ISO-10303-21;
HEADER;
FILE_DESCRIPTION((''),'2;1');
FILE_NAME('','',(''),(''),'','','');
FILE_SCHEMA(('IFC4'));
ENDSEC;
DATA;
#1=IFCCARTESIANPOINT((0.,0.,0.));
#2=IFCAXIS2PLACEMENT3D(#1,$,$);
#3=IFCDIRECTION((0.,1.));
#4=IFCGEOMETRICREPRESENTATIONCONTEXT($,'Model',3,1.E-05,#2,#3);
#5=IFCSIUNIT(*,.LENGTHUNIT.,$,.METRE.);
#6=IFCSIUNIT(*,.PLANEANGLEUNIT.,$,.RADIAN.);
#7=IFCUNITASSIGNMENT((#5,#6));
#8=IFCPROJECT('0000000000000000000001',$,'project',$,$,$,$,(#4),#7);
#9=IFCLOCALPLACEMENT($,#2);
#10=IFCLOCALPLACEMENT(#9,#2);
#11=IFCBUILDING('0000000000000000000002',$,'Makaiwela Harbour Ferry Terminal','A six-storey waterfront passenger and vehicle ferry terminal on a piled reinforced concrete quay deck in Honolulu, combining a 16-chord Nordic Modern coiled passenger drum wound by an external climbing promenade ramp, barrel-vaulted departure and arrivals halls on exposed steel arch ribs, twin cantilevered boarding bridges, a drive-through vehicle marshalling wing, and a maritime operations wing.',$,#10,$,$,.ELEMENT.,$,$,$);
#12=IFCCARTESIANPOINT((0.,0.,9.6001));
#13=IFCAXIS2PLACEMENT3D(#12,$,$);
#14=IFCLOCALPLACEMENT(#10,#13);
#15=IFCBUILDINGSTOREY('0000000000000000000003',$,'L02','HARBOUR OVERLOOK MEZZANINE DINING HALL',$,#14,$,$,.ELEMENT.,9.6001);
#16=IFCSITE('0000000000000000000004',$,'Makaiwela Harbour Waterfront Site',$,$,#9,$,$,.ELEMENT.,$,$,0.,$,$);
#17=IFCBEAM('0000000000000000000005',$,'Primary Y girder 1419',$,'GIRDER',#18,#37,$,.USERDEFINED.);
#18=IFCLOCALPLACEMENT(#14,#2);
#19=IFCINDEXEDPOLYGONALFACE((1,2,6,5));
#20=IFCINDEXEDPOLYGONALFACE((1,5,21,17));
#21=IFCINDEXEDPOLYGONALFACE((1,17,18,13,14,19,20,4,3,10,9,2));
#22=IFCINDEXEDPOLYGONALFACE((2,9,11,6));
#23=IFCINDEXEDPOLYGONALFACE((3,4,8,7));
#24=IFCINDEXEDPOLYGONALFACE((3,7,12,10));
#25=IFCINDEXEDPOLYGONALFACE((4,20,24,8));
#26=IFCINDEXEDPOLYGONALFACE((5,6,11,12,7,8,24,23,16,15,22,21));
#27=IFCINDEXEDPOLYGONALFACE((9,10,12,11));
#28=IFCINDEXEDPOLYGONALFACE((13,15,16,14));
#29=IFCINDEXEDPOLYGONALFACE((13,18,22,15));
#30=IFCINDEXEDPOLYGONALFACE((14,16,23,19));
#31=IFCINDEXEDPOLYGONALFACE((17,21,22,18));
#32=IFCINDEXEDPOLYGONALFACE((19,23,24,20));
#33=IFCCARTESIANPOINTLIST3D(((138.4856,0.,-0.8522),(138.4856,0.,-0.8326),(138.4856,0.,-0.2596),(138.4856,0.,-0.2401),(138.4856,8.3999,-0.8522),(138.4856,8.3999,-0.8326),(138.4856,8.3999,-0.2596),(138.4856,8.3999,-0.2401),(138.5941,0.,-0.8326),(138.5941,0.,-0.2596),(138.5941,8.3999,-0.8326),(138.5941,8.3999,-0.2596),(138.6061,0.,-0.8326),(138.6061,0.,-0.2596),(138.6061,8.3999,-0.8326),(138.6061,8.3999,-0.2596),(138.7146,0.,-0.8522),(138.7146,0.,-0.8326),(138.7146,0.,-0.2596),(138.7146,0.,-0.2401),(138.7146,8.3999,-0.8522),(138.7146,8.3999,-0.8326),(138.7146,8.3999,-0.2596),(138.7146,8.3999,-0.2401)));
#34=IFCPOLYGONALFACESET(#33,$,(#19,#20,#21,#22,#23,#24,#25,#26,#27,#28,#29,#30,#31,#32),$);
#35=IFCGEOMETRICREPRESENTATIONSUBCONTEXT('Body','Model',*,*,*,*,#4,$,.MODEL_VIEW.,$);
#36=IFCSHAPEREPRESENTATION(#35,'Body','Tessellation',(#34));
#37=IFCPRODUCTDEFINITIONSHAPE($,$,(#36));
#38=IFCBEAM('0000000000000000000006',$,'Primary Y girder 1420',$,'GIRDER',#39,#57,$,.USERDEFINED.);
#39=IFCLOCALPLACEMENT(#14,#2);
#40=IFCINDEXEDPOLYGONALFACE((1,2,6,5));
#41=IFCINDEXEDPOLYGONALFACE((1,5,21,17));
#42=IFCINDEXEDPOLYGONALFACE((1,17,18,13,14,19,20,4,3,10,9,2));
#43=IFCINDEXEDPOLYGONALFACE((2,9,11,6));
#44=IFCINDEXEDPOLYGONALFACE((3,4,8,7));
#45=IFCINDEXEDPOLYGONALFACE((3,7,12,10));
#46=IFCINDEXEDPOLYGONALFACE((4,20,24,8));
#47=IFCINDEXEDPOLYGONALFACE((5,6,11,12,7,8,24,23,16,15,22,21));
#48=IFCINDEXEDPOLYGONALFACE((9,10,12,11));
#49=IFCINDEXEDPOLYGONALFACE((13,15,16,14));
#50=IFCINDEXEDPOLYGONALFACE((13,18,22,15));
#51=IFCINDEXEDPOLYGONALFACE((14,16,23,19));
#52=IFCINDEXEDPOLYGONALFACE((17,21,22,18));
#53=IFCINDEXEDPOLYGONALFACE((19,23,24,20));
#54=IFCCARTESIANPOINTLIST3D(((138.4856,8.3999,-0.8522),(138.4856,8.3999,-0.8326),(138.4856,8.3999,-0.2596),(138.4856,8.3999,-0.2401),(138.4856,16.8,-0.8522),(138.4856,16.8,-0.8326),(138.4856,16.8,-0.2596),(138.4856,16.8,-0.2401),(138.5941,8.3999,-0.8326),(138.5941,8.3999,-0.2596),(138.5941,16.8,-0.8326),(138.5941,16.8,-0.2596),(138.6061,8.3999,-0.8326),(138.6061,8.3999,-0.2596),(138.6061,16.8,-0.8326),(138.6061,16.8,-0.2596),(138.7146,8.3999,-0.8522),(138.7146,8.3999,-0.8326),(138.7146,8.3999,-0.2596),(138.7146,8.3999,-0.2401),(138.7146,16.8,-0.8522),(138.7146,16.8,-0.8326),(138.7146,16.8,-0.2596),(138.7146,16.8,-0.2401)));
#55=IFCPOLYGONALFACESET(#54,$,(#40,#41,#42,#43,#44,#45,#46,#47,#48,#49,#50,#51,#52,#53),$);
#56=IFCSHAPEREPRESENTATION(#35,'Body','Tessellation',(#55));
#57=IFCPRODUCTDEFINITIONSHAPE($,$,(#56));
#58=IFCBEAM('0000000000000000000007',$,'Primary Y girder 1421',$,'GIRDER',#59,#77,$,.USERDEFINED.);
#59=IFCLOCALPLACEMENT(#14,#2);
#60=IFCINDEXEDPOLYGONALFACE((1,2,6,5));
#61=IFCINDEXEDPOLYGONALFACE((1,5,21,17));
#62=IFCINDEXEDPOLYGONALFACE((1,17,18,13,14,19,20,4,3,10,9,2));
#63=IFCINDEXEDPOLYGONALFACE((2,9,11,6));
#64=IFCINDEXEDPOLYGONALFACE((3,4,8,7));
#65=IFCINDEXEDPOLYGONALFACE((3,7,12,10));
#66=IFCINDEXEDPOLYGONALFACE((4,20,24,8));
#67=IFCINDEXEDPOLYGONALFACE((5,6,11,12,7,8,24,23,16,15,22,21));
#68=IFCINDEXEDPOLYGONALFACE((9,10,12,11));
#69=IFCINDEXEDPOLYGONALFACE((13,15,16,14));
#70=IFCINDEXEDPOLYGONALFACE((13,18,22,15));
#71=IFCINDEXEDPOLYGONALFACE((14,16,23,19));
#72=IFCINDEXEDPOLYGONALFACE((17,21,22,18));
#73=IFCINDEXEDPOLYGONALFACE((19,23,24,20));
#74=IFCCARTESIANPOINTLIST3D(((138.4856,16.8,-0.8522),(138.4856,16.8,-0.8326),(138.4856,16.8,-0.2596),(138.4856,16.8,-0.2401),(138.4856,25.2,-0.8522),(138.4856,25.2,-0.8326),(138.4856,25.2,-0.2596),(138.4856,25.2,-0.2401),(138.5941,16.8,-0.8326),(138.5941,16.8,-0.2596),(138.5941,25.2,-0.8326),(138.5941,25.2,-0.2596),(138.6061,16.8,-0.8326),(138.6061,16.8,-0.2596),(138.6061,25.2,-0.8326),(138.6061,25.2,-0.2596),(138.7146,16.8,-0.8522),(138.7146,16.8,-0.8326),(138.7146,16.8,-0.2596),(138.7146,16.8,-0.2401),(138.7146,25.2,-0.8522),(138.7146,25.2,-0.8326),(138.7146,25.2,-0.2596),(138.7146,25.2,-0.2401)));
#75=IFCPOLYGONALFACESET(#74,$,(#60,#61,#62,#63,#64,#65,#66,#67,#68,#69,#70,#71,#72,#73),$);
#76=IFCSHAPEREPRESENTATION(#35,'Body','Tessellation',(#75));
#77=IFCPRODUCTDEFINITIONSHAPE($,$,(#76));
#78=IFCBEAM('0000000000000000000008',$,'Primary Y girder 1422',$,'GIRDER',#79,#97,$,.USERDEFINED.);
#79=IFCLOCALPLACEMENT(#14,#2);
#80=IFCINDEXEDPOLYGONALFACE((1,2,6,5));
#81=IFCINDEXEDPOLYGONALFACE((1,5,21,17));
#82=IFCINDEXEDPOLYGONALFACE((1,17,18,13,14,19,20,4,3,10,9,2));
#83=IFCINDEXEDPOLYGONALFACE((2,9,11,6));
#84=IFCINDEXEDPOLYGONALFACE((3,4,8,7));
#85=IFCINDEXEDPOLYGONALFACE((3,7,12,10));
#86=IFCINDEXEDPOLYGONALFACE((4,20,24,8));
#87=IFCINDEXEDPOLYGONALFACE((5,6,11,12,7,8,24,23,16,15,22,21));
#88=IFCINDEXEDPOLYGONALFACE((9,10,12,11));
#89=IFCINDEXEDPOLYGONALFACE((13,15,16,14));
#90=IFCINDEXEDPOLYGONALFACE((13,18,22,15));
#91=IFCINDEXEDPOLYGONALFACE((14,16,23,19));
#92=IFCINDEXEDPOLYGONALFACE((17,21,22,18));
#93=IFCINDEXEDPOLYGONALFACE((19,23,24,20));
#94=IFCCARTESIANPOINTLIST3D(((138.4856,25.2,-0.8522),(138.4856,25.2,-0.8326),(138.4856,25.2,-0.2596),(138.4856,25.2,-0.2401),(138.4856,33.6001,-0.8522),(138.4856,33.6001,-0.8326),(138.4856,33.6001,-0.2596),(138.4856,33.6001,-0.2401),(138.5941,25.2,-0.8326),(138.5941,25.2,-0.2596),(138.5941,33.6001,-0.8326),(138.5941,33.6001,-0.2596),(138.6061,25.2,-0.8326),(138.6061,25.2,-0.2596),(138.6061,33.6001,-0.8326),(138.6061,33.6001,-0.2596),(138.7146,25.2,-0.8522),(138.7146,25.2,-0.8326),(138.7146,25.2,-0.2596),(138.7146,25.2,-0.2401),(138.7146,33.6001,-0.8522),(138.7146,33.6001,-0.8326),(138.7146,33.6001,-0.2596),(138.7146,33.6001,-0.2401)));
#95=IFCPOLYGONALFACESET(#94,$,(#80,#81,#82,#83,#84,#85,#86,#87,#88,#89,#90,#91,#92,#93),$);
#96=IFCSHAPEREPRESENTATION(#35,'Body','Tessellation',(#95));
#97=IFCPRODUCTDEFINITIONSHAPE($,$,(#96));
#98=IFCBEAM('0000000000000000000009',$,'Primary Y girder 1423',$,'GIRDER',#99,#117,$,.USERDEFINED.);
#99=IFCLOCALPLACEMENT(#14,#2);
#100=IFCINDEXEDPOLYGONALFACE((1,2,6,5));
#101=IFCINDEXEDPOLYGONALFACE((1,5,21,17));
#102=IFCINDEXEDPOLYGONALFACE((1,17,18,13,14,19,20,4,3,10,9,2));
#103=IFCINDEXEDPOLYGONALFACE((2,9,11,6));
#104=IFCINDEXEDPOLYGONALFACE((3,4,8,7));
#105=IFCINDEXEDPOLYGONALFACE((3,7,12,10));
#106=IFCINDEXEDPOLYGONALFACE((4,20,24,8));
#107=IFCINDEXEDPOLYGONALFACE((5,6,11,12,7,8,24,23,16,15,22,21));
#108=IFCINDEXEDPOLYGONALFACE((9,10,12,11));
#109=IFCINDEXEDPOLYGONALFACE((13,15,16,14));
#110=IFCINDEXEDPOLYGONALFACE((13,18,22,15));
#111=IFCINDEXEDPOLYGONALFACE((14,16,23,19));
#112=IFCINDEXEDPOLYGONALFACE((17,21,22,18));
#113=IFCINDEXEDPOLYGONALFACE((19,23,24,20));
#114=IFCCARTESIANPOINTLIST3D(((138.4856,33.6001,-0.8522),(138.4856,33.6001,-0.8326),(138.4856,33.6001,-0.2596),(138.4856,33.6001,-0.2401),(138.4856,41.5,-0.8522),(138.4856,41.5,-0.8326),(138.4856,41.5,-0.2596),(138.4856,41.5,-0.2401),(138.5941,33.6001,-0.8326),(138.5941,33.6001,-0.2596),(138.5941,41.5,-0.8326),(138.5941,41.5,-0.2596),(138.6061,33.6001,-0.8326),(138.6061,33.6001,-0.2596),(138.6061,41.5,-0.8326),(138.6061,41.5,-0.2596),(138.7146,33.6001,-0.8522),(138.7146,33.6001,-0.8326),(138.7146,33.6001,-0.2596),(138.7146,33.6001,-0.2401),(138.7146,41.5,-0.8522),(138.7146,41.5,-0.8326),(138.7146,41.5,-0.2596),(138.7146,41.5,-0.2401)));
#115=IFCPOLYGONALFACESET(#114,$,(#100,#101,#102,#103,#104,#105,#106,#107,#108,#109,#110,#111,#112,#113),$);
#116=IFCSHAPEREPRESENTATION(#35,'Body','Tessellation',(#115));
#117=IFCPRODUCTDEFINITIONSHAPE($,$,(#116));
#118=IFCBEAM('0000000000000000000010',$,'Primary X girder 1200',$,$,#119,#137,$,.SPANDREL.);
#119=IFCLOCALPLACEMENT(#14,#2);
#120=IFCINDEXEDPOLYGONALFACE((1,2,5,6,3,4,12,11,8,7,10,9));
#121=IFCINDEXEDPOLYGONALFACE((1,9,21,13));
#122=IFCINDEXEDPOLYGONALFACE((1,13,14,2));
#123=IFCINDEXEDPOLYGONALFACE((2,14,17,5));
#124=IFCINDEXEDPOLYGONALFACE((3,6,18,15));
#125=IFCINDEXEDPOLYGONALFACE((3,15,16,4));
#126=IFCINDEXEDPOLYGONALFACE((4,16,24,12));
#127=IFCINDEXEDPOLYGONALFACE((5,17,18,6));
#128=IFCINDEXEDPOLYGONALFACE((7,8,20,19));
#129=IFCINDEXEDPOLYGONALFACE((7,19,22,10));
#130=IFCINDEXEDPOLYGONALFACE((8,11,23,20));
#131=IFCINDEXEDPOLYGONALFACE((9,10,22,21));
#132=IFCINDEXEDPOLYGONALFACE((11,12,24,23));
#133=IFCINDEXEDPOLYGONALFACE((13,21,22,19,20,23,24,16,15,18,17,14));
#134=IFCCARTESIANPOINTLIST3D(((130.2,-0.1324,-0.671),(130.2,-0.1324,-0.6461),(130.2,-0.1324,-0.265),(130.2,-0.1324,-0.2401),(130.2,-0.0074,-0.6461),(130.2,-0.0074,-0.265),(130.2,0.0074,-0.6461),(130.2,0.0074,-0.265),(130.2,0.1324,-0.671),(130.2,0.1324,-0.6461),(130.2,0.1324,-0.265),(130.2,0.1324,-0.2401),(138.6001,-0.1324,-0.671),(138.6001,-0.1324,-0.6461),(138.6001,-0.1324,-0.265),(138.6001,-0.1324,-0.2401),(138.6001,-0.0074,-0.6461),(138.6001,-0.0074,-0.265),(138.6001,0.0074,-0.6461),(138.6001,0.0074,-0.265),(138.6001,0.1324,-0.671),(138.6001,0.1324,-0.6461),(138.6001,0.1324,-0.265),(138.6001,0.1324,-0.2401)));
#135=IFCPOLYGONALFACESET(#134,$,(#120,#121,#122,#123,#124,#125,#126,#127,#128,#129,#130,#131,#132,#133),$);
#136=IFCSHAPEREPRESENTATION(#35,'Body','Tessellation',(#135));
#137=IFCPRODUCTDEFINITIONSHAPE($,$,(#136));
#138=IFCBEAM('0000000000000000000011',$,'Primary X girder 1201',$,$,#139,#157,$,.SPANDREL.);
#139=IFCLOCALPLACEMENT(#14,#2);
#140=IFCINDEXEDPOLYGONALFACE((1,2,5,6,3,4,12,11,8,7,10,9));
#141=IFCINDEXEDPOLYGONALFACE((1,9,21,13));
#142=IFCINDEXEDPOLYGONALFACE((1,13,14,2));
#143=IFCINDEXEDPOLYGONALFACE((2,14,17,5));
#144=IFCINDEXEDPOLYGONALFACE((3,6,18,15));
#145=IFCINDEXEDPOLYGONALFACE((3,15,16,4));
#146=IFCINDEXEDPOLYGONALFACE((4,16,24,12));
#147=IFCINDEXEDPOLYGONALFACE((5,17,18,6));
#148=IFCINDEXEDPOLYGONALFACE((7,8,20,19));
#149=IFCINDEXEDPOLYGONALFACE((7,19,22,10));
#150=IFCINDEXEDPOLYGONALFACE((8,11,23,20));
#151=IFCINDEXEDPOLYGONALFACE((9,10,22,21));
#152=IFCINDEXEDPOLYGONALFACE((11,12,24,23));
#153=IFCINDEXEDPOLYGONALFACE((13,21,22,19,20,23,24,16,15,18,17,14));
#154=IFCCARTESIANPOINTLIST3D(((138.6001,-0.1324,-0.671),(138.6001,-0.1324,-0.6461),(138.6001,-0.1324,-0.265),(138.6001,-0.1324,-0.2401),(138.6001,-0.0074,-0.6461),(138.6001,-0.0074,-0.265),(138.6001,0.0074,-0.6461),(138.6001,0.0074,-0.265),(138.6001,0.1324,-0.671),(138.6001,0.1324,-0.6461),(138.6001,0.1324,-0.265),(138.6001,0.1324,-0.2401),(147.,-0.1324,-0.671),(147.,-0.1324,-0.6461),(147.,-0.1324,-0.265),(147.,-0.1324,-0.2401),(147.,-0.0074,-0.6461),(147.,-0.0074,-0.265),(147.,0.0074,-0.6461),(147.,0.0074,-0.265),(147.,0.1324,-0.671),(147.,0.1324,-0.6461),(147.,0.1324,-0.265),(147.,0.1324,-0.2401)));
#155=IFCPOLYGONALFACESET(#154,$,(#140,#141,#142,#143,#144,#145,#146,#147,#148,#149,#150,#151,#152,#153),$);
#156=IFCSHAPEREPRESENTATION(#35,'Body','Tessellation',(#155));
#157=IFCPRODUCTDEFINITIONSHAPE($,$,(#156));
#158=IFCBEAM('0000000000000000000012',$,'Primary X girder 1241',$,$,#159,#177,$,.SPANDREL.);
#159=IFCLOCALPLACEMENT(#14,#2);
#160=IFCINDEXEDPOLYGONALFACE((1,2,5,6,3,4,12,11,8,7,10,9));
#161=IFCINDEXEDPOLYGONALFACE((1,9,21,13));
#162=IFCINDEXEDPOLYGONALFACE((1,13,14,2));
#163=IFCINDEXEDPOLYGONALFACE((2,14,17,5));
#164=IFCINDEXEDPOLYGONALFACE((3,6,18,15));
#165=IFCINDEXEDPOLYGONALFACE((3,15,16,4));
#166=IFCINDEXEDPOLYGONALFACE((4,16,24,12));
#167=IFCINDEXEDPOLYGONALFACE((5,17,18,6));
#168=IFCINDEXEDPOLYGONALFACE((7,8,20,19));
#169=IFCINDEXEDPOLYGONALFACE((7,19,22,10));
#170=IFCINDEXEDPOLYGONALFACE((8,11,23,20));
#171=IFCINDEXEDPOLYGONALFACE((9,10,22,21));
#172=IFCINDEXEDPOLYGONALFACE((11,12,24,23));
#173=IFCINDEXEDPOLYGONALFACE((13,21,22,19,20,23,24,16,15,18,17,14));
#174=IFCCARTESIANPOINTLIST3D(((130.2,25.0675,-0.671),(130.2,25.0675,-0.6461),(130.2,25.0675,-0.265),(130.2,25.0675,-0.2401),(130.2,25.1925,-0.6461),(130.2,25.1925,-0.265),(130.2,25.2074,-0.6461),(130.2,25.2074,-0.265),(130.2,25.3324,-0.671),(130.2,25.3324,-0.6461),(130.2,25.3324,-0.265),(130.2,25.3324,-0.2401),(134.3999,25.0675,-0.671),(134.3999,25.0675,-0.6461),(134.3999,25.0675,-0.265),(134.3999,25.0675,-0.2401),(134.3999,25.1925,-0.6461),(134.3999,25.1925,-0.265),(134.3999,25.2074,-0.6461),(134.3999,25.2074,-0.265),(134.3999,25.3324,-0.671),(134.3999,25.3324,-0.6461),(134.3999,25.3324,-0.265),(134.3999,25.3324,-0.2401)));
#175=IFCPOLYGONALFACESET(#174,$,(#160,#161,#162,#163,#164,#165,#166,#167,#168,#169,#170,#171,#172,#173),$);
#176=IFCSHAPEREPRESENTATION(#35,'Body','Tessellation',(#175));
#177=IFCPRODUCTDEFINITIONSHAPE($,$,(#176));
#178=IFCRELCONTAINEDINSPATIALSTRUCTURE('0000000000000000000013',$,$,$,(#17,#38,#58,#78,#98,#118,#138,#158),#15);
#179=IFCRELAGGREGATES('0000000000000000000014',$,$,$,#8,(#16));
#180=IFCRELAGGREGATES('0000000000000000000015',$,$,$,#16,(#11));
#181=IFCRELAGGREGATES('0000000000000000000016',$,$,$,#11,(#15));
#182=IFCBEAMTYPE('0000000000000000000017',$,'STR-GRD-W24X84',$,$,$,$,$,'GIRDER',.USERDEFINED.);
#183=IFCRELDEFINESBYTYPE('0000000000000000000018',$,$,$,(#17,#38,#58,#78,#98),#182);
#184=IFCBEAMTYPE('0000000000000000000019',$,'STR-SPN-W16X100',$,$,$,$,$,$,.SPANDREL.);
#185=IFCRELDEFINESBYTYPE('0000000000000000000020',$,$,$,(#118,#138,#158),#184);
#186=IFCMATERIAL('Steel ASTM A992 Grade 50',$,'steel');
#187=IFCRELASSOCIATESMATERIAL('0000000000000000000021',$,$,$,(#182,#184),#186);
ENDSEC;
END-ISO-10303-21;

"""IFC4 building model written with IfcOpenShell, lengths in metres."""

from ifc_helpers import new_model, si_unit, direction, frame, origin, origin_2d, place, context, subcontext, project, spatial, i_section, extrude, material, material_profile, profile_set, type_object, element, save


model = new_model("IFC4")

# Units and contexts
model_context = context("Model", 3, precision=1e-05, world=origin(), true_north=direction((0.0, 1.0)))
body_context = subcontext(model_context, "Body", "Model", "MODEL_VIEW")
ifc_project = project(units=[si_unit("LENGTHUNIT", "METRE"), si_unit("PLANEANGLEUNIT", "RADIAN")], contexts=[model_context])

# Site, building, storey
site_placement = place(None, origin())
site = spatial("IfcSite", under=ifc_project, at=site_placement, Name="Makaiwela Harbour Waterfront Site", CompositionType="ELEMENT", RefElevation=0.0)
building_placement = place(site_placement, origin())
building = spatial("IfcBuilding", under=site, at=building_placement, Name="Makaiwela Harbour Ferry Terminal", Description="A six-storey waterfront passenger and vehicle ferry terminal on a piled reinforced concrete quay deck in Honolulu, combining a 16-chord Nordic Modern coiled passenger drum wound by an external climbing promenade ramp, barrel-vaulted departure and arrivals halls on exposed steel arch ribs, twin cantilevered boarding bridges, a drive-through vehicle marshalling wing, and a maritime operations wing.", CompositionType="ELEMENT")
storey_placement = place(building_placement, frame((0.0, 0.0, 9.6001)))
storey = spatial("IfcBuildingStorey", under=building, at=storey_placement, Name="L02", Description="HARBOUR OVERLOOK MEZZANINE DINING HALL", CompositionType="ELEMENT", Elevation=9.6001)

# Beams
ifc_material_1 = material(Name="Steel ASTM A992 Grade 50", Category="steel")
ifc_material_profile_1 = material_profile(ifc_material_1, i_section(OverallWidth=0.229, OverallDepth=0.6121, WebThickness=0.012, FlangeThickness=0.0195, at=origin_2d()), Name="W24X84")
ifc_profile_set_1 = profile_set([ifc_material_profile_1], Name="Steel ASTM A992 Grade 50")
beam_type_1 = type_object("IfcBeamType", Name="STR-GRD-W24X84", ElementType="GIRDER", PredefinedType="USERDEFINED", material=ifc_profile_set_1)
beam_1_placement = place(storey_placement, frame((138.6001, 0.0, -0.5461), z_axis=(0.0, 1.0, 0.0), x_axis=(-1.0, 0.0, 0.0)))
element("IfcBeam", 1, at=beam_1_placement, inside=storey, type_object=beam_type_1, Name="Primary Y girder 1419", ObjectType="GIRDER", PredefinedType="USERDEFINED", context=body_context, shape_type="SweptSolid", body=[
    extrude(i_section(OverallWidth=0.229, OverallDepth=0.6121, WebThickness=0.012, FlangeThickness=0.0195, at=origin_2d()), origin(), (0.0, 0.0, 1.0), 8.3999),
])
beam_2_placement = place(storey_placement, frame((138.6001, 8.3999, -0.5461), z_axis=(0.0, 1.0, 0.0), x_axis=(-1.0, 0.0, 0.0)))
element("IfcBeam", 2, at=beam_2_placement, inside=storey, type_object=beam_type_1, Name="Primary Y girder 1420", ObjectType="GIRDER", PredefinedType="USERDEFINED", context=body_context, shape_type="SweptSolid", body=[
    extrude(i_section(OverallWidth=0.229, OverallDepth=0.6121, WebThickness=0.012, FlangeThickness=0.0195, at=origin_2d()), origin(), (0.0, 0.0, 1.0), 8.4001),
])
beam_3_placement = place(storey_placement, frame((138.6001, 16.8, -0.5461), z_axis=(0.0, 1.0, 0.0), x_axis=(-1.0, 0.0, 0.0)))
element("IfcBeam", 3, at=beam_3_placement, inside=storey, type_object=beam_type_1, Name="Primary Y girder 1421", ObjectType="GIRDER", PredefinedType="USERDEFINED", context=body_context, shape_type="SweptSolid", body=[
    extrude(i_section(OverallWidth=0.229, OverallDepth=0.6121, WebThickness=0.012, FlangeThickness=0.0195, at=origin_2d()), origin(), (0.0, 0.0, 1.0), 8.3999),
])
beam_4_placement = place(storey_placement, frame((138.6001, 25.2, -0.5461), z_axis=(0.0, 1.0, 0.0), x_axis=(-1.0, 0.0, 0.0)))
element("IfcBeam", 4, at=beam_4_placement, inside=storey, type_object=beam_type_1, Name="Primary Y girder 1422", ObjectType="GIRDER", PredefinedType="USERDEFINED", context=body_context, shape_type="SweptSolid", body=[
    extrude(i_section(OverallWidth=0.229, OverallDepth=0.6121, WebThickness=0.012, FlangeThickness=0.0195, at=origin_2d()), origin(), (0.0, 0.0, 1.0), 8.4001),
])
beam_5_placement = place(storey_placement, frame((138.6001, 33.6001, -0.5461), z_axis=(0.0, 1.0, 0.0), x_axis=(-1.0, 0.0, 0.0)))
element("IfcBeam", 5, at=beam_5_placement, inside=storey, type_object=beam_type_1, Name="Primary Y girder 1423", ObjectType="GIRDER", PredefinedType="USERDEFINED", context=body_context, shape_type="SweptSolid", body=[
    extrude(i_section(OverallWidth=0.229, OverallDepth=0.6121, WebThickness=0.012, FlangeThickness=0.0195, at=origin_2d()), origin(), (0.0, 0.0, 1.0), 7.8999),
])
ifc_material_profile_2 = material_profile(ifc_material_1, i_section(OverallWidth=0.2649, OverallDepth=0.4309, WebThickness=0.0149, FlangeThickness=0.0249, at=origin_2d()), Name="W16X100")
ifc_profile_set_2 = profile_set([ifc_material_profile_2], Name="Steel ASTM A992 Grade 50")
beam_type_2 = type_object("IfcBeamType", Name="STR-SPN-W16X100", PredefinedType="SPANDREL", material=ifc_profile_set_2)
beam_6_placement = place(storey_placement, frame((130.2, 0.0, -0.4556), z_axis=(1.0, 0.0, 0.0), x_axis=(0.0, 1.0, 0.0)))
element("IfcBeam", 6, at=beam_6_placement, inside=storey, type_object=beam_type_2, Name="Primary X girder 1200", PredefinedType="SPANDREL", context=body_context, shape_type="SweptSolid", body=[
    extrude(i_section(OverallWidth=0.2649, OverallDepth=0.4309, WebThickness=0.0149, FlangeThickness=0.0249, at=origin_2d()), origin(), (0.0, 0.0, 1.0), 8.4001),
])
beam_7_placement = place(storey_placement, frame((138.6001, 0.0, -0.4556), z_axis=(1.0, 0.0, 0.0), x_axis=(0.0, 1.0, 0.0)))
element("IfcBeam", 7, at=beam_7_placement, inside=storey, type_object=beam_type_2, Name="Primary X girder 1201", PredefinedType="SPANDREL", context=body_context, shape_type="SweptSolid", body=[
    extrude(i_section(OverallWidth=0.2649, OverallDepth=0.4309, WebThickness=0.0149, FlangeThickness=0.0249, at=origin_2d()), origin(), (0.0, 0.0, 1.0), 8.3999),
])
beam_8_placement = place(storey_placement, frame((130.2, 25.2, -0.4556), z_axis=(1.0, 0.0, 0.0), x_axis=(0.0, 1.0, 0.0)))
element("IfcBeam", 8, at=beam_8_placement, inside=storey, type_object=beam_type_2, Name="Primary X girder 1241", PredefinedType="SPANDREL", context=body_context, shape_type="SweptSolid", body=[
    extrude(i_section(OverallWidth=0.2649, OverallDepth=0.4309, WebThickness=0.0149, FlangeThickness=0.0249, at=origin_2d()), origin(), (0.0, 0.0, 1.0), 4.2),
])

save(model, "model.ifc")
